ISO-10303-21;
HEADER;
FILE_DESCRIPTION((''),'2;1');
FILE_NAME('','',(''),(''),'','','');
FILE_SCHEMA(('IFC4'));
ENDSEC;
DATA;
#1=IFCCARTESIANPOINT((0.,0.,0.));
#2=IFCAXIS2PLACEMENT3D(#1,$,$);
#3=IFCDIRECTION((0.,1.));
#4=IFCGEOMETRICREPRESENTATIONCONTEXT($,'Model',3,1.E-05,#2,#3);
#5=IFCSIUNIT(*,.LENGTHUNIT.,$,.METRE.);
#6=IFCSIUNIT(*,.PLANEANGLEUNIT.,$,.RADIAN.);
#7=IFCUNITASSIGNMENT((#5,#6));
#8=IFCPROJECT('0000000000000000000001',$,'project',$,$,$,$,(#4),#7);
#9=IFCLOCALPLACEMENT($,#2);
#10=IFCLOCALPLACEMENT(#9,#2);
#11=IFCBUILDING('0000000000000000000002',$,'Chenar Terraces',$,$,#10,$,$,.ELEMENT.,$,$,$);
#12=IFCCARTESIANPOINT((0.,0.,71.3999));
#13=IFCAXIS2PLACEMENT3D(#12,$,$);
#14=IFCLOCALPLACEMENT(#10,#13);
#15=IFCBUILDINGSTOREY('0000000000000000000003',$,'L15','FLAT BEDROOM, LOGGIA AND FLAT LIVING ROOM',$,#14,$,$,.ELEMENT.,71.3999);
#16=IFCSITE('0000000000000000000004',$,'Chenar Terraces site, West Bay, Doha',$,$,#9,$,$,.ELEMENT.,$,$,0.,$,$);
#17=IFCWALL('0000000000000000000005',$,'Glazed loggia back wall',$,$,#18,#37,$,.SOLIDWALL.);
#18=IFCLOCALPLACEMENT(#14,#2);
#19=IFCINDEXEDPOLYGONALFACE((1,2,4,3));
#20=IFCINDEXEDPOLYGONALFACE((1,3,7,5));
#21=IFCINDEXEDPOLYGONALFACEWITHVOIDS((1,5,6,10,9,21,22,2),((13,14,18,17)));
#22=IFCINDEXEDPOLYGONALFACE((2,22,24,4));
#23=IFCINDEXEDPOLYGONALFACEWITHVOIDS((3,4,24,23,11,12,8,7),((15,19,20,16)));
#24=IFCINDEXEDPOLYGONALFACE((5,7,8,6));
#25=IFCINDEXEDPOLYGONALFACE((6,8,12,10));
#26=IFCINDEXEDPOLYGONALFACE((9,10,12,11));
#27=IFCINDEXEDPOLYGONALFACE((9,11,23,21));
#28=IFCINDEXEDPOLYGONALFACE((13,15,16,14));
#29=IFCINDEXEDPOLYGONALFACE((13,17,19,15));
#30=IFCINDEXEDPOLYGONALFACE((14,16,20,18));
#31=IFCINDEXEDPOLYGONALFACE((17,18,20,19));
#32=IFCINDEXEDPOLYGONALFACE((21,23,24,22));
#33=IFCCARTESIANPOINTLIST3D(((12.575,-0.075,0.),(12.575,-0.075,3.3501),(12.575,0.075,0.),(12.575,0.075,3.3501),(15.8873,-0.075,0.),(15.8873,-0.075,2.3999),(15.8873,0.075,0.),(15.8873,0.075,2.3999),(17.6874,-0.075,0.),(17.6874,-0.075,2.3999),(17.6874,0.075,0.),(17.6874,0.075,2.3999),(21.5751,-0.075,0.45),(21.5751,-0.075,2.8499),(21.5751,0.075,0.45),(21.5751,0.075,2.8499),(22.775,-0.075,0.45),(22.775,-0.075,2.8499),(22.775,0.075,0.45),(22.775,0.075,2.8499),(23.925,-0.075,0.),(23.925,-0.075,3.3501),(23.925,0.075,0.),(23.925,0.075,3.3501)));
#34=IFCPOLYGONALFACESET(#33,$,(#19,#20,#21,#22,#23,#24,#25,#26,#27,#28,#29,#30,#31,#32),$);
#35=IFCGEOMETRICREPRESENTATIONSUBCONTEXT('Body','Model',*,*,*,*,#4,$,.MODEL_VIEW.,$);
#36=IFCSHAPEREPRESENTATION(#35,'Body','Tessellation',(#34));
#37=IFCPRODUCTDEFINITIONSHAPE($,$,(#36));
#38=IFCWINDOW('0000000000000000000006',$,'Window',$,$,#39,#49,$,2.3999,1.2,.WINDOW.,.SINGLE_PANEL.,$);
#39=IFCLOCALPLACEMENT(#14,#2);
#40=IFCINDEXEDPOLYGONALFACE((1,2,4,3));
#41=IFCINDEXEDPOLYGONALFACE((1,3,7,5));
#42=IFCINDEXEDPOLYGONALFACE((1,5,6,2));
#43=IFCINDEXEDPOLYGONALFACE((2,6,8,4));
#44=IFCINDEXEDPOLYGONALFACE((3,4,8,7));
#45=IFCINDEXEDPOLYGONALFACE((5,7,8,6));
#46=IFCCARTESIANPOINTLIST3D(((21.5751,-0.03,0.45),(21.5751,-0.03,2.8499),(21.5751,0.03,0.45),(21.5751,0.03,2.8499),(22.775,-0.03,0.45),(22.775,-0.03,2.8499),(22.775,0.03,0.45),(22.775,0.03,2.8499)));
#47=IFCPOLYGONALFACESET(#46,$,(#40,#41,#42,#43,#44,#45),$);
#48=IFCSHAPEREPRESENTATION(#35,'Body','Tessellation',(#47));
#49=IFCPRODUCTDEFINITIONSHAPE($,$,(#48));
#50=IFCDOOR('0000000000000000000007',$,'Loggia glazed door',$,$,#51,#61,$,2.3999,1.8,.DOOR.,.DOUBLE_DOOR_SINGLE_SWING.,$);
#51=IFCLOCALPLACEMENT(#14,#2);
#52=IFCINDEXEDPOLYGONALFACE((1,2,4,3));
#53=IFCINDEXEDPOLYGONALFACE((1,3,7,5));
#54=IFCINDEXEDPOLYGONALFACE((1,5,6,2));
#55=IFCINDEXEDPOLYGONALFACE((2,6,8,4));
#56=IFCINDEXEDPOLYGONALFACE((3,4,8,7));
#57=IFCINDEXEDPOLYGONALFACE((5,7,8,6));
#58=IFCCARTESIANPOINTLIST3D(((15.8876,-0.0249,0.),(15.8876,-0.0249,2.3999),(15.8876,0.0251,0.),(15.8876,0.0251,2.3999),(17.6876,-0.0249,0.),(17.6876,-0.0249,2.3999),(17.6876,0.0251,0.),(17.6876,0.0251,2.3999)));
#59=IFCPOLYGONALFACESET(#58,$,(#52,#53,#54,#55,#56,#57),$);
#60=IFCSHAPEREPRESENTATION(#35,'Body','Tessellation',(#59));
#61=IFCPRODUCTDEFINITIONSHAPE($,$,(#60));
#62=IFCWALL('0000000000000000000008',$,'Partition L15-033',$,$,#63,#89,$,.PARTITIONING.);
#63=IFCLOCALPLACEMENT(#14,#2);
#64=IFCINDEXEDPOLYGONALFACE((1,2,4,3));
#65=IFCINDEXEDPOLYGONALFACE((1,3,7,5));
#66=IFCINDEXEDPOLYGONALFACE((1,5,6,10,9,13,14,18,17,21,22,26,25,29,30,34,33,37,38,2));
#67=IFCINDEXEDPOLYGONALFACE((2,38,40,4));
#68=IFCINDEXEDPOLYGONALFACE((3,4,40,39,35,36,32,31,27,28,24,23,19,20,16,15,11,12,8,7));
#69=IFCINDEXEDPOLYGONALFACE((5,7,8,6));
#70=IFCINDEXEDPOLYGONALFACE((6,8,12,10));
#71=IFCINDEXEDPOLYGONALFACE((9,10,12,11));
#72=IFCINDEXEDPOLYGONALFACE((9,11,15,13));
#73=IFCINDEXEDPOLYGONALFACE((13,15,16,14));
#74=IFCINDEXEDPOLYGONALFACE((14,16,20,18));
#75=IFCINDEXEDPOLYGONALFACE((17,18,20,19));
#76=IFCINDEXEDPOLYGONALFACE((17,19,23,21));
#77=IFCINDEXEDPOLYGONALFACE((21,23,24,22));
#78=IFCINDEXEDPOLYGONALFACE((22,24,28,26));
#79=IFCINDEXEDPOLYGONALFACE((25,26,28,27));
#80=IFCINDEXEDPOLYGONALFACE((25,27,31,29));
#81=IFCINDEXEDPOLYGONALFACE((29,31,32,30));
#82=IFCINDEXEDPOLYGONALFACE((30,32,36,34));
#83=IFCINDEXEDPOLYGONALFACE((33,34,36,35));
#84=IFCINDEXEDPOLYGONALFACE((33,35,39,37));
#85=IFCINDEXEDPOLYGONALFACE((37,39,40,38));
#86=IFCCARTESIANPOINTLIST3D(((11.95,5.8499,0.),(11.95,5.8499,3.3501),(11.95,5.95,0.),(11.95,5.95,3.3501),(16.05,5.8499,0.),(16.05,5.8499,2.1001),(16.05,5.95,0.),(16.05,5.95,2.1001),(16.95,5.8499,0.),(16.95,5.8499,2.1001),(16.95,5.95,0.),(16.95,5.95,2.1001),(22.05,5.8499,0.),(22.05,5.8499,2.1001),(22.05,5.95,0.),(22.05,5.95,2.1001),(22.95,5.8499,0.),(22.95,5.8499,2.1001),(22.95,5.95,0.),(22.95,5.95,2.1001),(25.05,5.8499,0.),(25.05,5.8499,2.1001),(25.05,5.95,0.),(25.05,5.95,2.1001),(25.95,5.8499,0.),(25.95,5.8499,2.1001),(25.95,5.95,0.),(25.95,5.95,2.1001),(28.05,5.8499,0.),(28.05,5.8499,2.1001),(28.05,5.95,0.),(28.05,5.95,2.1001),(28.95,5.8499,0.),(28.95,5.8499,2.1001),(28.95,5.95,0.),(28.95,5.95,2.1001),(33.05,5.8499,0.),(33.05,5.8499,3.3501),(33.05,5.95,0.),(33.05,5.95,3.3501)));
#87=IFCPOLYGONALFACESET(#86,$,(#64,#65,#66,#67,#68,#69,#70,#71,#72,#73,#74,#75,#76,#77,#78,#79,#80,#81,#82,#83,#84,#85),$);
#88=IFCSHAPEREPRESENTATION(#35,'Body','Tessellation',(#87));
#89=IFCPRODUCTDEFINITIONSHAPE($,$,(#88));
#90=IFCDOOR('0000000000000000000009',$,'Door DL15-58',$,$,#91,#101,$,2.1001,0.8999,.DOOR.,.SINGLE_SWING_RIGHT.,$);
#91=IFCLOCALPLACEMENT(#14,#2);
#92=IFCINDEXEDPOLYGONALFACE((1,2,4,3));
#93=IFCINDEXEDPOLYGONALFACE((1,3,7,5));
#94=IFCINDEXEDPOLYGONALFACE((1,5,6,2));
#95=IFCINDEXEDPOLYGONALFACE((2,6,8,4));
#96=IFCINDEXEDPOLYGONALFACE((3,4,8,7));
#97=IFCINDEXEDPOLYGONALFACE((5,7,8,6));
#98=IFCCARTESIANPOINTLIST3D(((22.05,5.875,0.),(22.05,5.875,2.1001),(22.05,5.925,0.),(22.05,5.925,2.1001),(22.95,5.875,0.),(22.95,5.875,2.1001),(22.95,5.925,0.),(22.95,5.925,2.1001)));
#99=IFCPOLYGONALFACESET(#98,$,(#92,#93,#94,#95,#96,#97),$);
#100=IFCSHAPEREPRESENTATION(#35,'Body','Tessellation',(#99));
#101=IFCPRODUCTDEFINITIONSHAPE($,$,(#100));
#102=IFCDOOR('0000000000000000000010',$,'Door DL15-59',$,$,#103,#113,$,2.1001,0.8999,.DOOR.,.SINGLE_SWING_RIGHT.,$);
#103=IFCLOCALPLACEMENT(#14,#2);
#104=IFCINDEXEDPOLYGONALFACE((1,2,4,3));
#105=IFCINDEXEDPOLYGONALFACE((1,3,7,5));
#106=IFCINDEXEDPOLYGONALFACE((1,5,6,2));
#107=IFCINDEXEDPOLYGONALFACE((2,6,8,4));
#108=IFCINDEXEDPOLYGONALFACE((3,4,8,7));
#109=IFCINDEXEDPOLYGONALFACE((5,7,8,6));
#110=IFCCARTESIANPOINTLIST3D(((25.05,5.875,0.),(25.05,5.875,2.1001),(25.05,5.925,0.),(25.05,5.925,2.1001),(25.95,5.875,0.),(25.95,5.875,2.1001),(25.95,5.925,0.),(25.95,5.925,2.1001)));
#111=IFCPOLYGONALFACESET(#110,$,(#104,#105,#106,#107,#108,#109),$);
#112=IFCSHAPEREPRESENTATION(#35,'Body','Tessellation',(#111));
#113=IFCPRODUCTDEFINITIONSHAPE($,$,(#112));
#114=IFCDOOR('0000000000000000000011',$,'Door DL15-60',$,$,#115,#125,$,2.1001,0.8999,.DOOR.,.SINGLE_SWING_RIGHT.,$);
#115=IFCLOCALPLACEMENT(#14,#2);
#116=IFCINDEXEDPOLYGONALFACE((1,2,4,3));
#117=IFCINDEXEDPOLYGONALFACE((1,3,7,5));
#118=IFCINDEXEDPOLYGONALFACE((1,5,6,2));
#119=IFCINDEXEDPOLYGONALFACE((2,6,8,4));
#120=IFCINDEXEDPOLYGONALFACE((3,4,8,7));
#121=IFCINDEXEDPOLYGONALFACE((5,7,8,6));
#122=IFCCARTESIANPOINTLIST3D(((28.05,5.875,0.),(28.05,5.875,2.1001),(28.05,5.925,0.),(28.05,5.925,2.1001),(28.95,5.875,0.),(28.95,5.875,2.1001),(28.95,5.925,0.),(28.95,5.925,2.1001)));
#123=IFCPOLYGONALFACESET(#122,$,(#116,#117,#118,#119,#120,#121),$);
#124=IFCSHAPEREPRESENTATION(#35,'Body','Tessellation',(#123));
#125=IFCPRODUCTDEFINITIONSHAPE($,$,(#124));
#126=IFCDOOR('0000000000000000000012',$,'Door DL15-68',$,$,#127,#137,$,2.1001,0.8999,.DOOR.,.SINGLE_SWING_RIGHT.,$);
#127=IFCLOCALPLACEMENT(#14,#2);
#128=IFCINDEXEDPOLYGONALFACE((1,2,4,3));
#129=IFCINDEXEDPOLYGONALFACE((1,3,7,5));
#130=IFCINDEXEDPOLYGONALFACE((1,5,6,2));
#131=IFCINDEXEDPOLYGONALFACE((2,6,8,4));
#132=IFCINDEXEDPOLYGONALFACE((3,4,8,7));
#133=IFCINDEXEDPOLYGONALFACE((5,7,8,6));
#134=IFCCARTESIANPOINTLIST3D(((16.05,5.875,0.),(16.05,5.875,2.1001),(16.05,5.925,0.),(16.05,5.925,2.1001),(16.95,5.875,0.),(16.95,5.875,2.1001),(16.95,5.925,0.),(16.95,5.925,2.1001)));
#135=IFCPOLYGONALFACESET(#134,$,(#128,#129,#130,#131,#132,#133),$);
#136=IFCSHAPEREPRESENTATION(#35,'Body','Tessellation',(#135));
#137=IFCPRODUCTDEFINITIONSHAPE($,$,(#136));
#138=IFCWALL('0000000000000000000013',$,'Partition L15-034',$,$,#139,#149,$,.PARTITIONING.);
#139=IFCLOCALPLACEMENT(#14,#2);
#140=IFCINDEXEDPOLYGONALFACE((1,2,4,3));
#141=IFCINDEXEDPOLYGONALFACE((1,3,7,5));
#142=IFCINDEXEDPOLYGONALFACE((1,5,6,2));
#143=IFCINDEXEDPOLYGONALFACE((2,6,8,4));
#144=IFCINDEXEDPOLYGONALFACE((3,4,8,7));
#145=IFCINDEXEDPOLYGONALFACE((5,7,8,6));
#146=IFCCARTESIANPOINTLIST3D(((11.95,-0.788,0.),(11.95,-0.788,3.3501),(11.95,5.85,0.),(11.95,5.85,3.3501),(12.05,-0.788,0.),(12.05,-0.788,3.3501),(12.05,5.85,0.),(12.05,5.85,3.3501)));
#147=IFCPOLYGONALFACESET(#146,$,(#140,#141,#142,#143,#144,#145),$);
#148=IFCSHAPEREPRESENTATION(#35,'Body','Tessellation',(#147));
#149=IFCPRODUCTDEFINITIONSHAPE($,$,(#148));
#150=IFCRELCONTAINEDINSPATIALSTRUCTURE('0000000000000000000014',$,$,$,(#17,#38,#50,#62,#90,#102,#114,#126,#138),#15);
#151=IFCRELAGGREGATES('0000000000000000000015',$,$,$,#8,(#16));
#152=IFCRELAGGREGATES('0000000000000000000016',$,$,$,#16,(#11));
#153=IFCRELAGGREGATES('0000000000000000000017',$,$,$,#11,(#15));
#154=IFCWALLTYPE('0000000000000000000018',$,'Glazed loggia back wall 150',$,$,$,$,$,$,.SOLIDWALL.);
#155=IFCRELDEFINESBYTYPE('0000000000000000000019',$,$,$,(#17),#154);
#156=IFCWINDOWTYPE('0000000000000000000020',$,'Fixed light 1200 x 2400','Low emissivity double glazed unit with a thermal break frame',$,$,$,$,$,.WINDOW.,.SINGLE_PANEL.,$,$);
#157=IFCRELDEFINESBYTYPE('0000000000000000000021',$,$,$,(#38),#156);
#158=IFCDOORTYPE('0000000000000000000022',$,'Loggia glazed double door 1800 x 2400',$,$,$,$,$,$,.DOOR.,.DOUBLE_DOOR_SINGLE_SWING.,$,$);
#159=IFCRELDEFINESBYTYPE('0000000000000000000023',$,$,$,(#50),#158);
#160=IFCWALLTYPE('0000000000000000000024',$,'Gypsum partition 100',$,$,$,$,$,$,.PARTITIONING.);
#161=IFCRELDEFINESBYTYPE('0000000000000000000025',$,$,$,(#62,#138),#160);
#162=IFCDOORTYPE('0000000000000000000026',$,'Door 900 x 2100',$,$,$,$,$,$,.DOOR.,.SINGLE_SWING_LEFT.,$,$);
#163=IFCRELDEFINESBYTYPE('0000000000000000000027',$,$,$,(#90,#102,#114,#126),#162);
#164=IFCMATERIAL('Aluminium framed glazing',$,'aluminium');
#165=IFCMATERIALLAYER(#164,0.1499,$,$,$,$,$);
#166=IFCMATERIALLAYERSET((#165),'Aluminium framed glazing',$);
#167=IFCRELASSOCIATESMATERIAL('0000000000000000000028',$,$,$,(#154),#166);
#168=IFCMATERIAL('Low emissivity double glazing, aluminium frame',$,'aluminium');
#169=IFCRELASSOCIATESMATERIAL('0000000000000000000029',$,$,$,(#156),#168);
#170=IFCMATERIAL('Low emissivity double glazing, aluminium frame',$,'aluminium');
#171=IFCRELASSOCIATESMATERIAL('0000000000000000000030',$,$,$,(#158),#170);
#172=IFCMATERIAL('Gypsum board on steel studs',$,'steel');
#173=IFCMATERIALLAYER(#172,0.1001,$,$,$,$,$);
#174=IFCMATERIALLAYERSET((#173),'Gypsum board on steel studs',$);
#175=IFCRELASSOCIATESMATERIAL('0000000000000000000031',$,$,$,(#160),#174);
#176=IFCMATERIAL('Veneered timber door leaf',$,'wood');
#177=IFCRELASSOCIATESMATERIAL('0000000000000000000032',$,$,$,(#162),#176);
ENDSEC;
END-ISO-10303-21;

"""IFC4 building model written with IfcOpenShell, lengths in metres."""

from ifc_helpers import new_model, si_unit, direction, frame, frame_2d, origin, place, context, subcontext, project, spatial, rectangle, extrude, material, layer, layer_set, type_object, element, fill, save


model = new_model("IFC4")

# Units and contexts
model_context = context("Model", 3, precision=1e-05, world=origin(), true_north=direction((0.0, 1.0)))
body_context = subcontext(model_context, "Body", "Model", "MODEL_VIEW")
ifc_project = project(units=[si_unit("LENGTHUNIT", "METRE"), si_unit("PLANEANGLEUNIT", "RADIAN")], contexts=[model_context])

# Site, building, storey
site_placement = place(None, origin())
site = spatial("IfcSite", under=ifc_project, at=site_placement, Name="Chenar Terraces site, West Bay, Doha", CompositionType="ELEMENT", RefElevation=0.0)
building_placement = place(site_placement, origin())
building = spatial("IfcBuilding", under=site, at=building_placement, Name="Chenar Terraces", CompositionType="ELEMENT")
storey_placement = place(building_placement, frame((0.0, 0.0, 71.3999)))
storey = spatial("IfcBuildingStorey", under=building, at=storey_placement, Name="L15", Description="FLAT BEDROOM, LOGGIA AND FLAT LIVING ROOM", CompositionType="ELEMENT", Elevation=71.3999)

# Wall, openings, window, door
ifc_material_1 = material(Name="Aluminium framed glazing", Category="aluminium")
ifc_layer_1 = layer(ifc_material_1, 0.1499)
ifc_layer_set_1 = layer_set([ifc_layer_1], Name="Aluminium framed glazing")
wall_type_1 = type_object("IfcWallType", Name="Glazed loggia back wall 150", PredefinedType="SOLIDWALL", material=ifc_layer_set_1)
wall_1_placement = place(storey_placement, frame((12.575, 0.0, 0.0), z_axis=(0.0, 0.0, 1.0), x_axis=(1.0, 0.0, 0.0)))
wall_1 = element("IfcWall", 1, at=wall_1_placement, inside=storey, type_object=wall_type_1, Name="Glazed loggia back wall", PredefinedType="SOLIDWALL", context=body_context, shape_type="SweptSolid", body=[
    extrude(rectangle(XDim=11.3501, YDim=0.1499, at=frame_2d((5.675, 0.0))), origin(), (0.0, 0.0, 1.0), 3.3501),
])
opening_1_placement = place(wall_1_placement, frame((3.3125, 0.0, 0.0)))
opening_1 = element("IfcOpeningElement", 2, at=opening_1_placement, cuts=wall_1, PredefinedType="OPENING", context=body_context, shape_type="SweptSolid", body=[
    extrude(rectangle(XDim=1.8, YDim=2.3999, at=frame_2d((0.8999, 1.2))), frame((0.0, 0.085, 0.0), z_axis=(0.0, -1.0, 0.0), x_axis=(1.0, 0.0, 0.0)), (0.0, 0.0, 1.0), 0.1699),
])
opening_2_placement = place(wall_1_placement, frame((9.0, 0.0, 0.45)))
opening_2 = element("IfcOpeningElement", 3, at=opening_2_placement, cuts=wall_1, PredefinedType="OPENING", context=body_context, shape_type="SweptSolid", body=[
    extrude(rectangle(XDim=1.2, YDim=2.3999, at=frame_2d((0.6001, 1.2))), frame((0.0, 0.085, 0.0), z_axis=(0.0, -1.0, 0.0), x_axis=(1.0, 0.0, 0.0)), (0.0, 0.0, 1.0), 0.1699),
])
ifc_material_2 = material(Name="Low emissivity double glazing, aluminium frame", Category="aluminium")
window_type = type_object("IfcWindowType", Name="Fixed light 1200 x 2400", Description="Low emissivity double glazed unit with a thermal break frame", PartitioningType="SINGLE_PANEL", PredefinedType="WINDOW", material=ifc_material_2)
window_placement = place(opening_2_placement, origin())
window = element("IfcWindow", 4, at=window_placement, inside=storey, type_object=window_type, Name="Window", OverallHeight=2.3999, OverallWidth=1.2, PartitioningType="SINGLE_PANEL", PredefinedType="WINDOW", context=body_context, shape_type="SweptSolid", body=[
    extrude(rectangle(XDim=1.2, YDim=2.3999, at=frame_2d((0.6001, 1.2))), frame((0.0, 0.03, 0.0), z_axis=(0.0, -1.0, 0.0), x_axis=(1.0, 0.0, 0.0)), (0.0, 0.0, 1.0), 0.0601),
])
fill(opening_2, window)
ifc_material_3 = material(Name="Low emissivity double glazing, aluminium frame", Category="aluminium")
door_type_1 = type_object("IfcDoorType", Name="Loggia glazed double door 1800 x 2400", OperationType="DOUBLE_DOOR_SINGLE_SWING", PredefinedType="DOOR", material=ifc_material_3)
door_1_placement = place(opening_1_placement, frame((1.8, 0.0, 0.0), z_axis=(0.0, 0.0, 1.0), x_axis=(-1.0, 0.0, 0.0)))
door_1 = element("IfcDoor", 5, at=door_1_placement, inside=storey, type_object=door_type_1, Name="Loggia glazed door", OperationType="DOUBLE_DOOR_SINGLE_SWING", OverallHeight=2.3999, OverallWidth=1.8, PredefinedType="DOOR", context=body_context, shape_type="SweptSolid", body=[
    extrude(rectangle(XDim=1.8, YDim=2.3999, at=frame_2d((0.8999, 1.2))), frame((0.0, 0.0249, 0.0), z_axis=(0.0, -1.0, 0.0), x_axis=(1.0, 0.0, 0.0)), (0.0, 0.0, 1.0), 0.05),
])
fill(opening_1, door_1)

# Wall, openings, doors
ifc_material_4 = material(Name="Gypsum board on steel studs", Category="steel")
ifc_layer_2 = layer(ifc_material_4, 0.1001)
ifc_layer_set_2 = layer_set([ifc_layer_2], Name="Gypsum board on steel studs")
wall_type_2 = type_object("IfcWallType", Name="Gypsum partition 100", PredefinedType="PARTITIONING", material=ifc_layer_set_2)
wall_2_placement = place(storey_placement, frame((11.95, 5.8999, 0.0), z_axis=(0.0, 0.0, 1.0), x_axis=(1.0, 0.0, 0.0)))
wall_2 = element("IfcWall", 6, at=wall_2_placement, inside=storey, type_object=wall_type_2, Name="Partition L15-033", PredefinedType="PARTITIONING", context=body_context, shape_type="SweptSolid", body=[
    extrude(rectangle(XDim=21.1001, YDim=0.1001, at=frame_2d((10.55, 0.0))), origin(), (0.0, 0.0, 1.0), 3.3501),
])
opening_3_placement = place(wall_2_placement, frame((10.1001, 0.0, 0.0)))
opening_3 = element("IfcOpeningElement", 7, at=opening_3_placement, cuts=wall_2, PredefinedType="OPENING", context=body_context, shape_type="SweptSolid", body=[
    extrude(rectangle(XDim=0.8999, YDim=2.1001, at=frame_2d((0.45, 1.05))), frame((0.0, 0.0601, 0.0), z_axis=(0.0, -1.0, 0.0), x_axis=(1.0, 0.0, 0.0)), (0.0, 0.0, 1.0), 0.1201),
])
opening_4_placement = place(wall_2_placement, frame((13.1001, 0.0, 0.0)))
opening_4 = element("IfcOpeningElement", 8, at=opening_4_placement, cuts=wall_2, PredefinedType="OPENING", context=body_context, shape_type="SweptSolid", body=[
    extrude(rectangle(XDim=0.8999, YDim=2.1001, at=frame_2d((0.45, 1.05))), frame((0.0, 0.0601, 0.0), z_axis=(0.0, -1.0, 0.0), x_axis=(1.0, 0.0, 0.0)), (0.0, 0.0, 1.0), 0.1201),
])
opening_5_placement = place(wall_2_placement, frame((16.1001, 0.0, 0.0)))
opening_5 = element("IfcOpeningElement", 9, at=opening_5_placement, cuts=wall_2, PredefinedType="OPENING", context=body_context, shape_type="SweptSolid", body=[
    extrude(rectangle(XDim=0.8999, YDim=2.1001, at=frame_2d((0.45, 1.05))), frame((0.0, 0.0601, 0.0), z_axis=(0.0, -1.0, 0.0), x_axis=(1.0, 0.0, 0.0)), (0.0, 0.0, 1.0), 0.1201),
])
opening_6_placement = place(wall_2_placement, frame((4.1001, 0.0, 0.0)))
opening_6 = element("IfcOpeningElement", 10, at=opening_6_placement, cuts=wall_2, PredefinedType="OPENING", context=body_context, shape_type="SweptSolid", body=[
    extrude(rectangle(XDim=0.8999, YDim=2.1001, at=frame_2d((0.45, 1.05))), frame((0.0, 0.0601, 0.0), z_axis=(0.0, -1.0, 0.0), x_axis=(1.0, 0.0, 0.0)), (0.0, 0.0, 1.0), 0.1201),
])
ifc_material_5 = material(Name="Veneered timber door leaf", Category="wood")
door_type_2 = type_object("IfcDoorType", Name="Door 900 x 2100", OperationType="SINGLE_SWING_LEFT", PredefinedType="DOOR", material=ifc_material_5)
door_2_placement = place(opening_3_placement, frame((0.8999, 0.0, 0.0), z_axis=(0.0, 0.0, 1.0), x_axis=(-1.0, 0.0, 0.0)))
door_2 = element("IfcDoor", 11, at=door_2_placement, inside=storey, type_object=door_type_2, Name="Door DL15-58", OperationType="SINGLE_SWING_RIGHT", OverallHeight=2.1001, OverallWidth=0.8999, PredefinedType="DOOR", context=body_context, shape_type="SweptSolid", body=[
    extrude(rectangle(XDim=0.8999, YDim=2.1001, at=frame_2d((0.45, 1.05))), frame((0.0, 0.0249, 0.0), z_axis=(0.0, -1.0, 0.0), x_axis=(1.0, 0.0, 0.0)), (0.0, 0.0, 1.0), 0.05),
])
fill(opening_3, door_2)
door_3_placement = place(opening_4_placement, frame((0.8999, 0.0, 0.0), z_axis=(0.0, 0.0, 1.0), x_axis=(-1.0, 0.0, 0.0)))
door_3 = element("IfcDoor", 12, at=door_3_placement, inside=storey, type_object=door_type_2, Name="Door DL15-59", OperationType="SINGLE_SWING_RIGHT", OverallHeight=2.1001, OverallWidth=0.8999, PredefinedType="DOOR", context=body_context, shape_type="SweptSolid", body=[
    extrude(rectangle(XDim=0.8999, YDim=2.1001, at=frame_2d((0.45, 1.05))), frame((0.0, 0.0249, 0.0), z_axis=(0.0, -1.0, 0.0), x_axis=(1.0, 0.0, 0.0)), (0.0, 0.0, 1.0), 0.05),
])
fill(opening_4, door_3)
door_4_placement = place(opening_5_placement, frame((0.8999, 0.0, 0.0), z_axis=(0.0, 0.0, 1.0), x_axis=(-1.0, 0.0, 0.0)))
door_4 = element("IfcDoor", 13, at=door_4_placement, inside=storey, type_object=door_type_2, Name="Door DL15-60", OperationType="SINGLE_SWING_RIGHT", OverallHeight=2.1001, OverallWidth=0.8999, PredefinedType="DOOR", context=body_context, shape_type="SweptSolid", body=[
    extrude(rectangle(XDim=0.8999, YDim=2.1001, at=frame_2d((0.45, 1.05))), frame((0.0, 0.0249, 0.0), z_axis=(0.0, -1.0, 0.0), x_axis=(1.0, 0.0, 0.0)), (0.0, 0.0, 1.0), 0.05),
])
fill(opening_5, door_4)
door_5_placement = place(opening_6_placement, frame((0.8999, 0.0, 0.0), z_axis=(0.0, 0.0, 1.0), x_axis=(-1.0, 0.0, 0.0)))
door_5 = element("IfcDoor", 14, at=door_5_placement, inside=storey, type_object=door_type_2, Name="Door DL15-68", OperationType="SINGLE_SWING_RIGHT", OverallHeight=2.1001, OverallWidth=0.8999, PredefinedType="DOOR", context=body_context, shape_type="SweptSolid", body=[
    extrude(rectangle(XDim=0.8999, YDim=2.1001, at=frame_2d((0.45, 1.05))), frame((0.0, 0.0249, 0.0), z_axis=(0.0, -1.0, 0.0), x_axis=(1.0, 0.0, 0.0)), (0.0, 0.0, 1.0), 0.05),
])
fill(opening_6, door_5)

# Wall
wall_3_placement = place(storey_placement, frame((12.0, -0.7878, 0.0), z_axis=(0.0, 0.0, 1.0), x_axis=(0.0, 1.0, 0.0)))
element("IfcWall", 15, at=wall_3_placement, inside=storey, type_object=wall_type_2, Name="Partition L15-034", PredefinedType="PARTITIONING", context=body_context, shape_type="SweptSolid", body=[
    extrude(rectangle(XDim=6.6379, YDim=0.1001, at=frame_2d((3.3188, 0.0))), origin(), (0.0, 0.0, 1.0), 3.3501),
])

save(model, "model.ifc")
